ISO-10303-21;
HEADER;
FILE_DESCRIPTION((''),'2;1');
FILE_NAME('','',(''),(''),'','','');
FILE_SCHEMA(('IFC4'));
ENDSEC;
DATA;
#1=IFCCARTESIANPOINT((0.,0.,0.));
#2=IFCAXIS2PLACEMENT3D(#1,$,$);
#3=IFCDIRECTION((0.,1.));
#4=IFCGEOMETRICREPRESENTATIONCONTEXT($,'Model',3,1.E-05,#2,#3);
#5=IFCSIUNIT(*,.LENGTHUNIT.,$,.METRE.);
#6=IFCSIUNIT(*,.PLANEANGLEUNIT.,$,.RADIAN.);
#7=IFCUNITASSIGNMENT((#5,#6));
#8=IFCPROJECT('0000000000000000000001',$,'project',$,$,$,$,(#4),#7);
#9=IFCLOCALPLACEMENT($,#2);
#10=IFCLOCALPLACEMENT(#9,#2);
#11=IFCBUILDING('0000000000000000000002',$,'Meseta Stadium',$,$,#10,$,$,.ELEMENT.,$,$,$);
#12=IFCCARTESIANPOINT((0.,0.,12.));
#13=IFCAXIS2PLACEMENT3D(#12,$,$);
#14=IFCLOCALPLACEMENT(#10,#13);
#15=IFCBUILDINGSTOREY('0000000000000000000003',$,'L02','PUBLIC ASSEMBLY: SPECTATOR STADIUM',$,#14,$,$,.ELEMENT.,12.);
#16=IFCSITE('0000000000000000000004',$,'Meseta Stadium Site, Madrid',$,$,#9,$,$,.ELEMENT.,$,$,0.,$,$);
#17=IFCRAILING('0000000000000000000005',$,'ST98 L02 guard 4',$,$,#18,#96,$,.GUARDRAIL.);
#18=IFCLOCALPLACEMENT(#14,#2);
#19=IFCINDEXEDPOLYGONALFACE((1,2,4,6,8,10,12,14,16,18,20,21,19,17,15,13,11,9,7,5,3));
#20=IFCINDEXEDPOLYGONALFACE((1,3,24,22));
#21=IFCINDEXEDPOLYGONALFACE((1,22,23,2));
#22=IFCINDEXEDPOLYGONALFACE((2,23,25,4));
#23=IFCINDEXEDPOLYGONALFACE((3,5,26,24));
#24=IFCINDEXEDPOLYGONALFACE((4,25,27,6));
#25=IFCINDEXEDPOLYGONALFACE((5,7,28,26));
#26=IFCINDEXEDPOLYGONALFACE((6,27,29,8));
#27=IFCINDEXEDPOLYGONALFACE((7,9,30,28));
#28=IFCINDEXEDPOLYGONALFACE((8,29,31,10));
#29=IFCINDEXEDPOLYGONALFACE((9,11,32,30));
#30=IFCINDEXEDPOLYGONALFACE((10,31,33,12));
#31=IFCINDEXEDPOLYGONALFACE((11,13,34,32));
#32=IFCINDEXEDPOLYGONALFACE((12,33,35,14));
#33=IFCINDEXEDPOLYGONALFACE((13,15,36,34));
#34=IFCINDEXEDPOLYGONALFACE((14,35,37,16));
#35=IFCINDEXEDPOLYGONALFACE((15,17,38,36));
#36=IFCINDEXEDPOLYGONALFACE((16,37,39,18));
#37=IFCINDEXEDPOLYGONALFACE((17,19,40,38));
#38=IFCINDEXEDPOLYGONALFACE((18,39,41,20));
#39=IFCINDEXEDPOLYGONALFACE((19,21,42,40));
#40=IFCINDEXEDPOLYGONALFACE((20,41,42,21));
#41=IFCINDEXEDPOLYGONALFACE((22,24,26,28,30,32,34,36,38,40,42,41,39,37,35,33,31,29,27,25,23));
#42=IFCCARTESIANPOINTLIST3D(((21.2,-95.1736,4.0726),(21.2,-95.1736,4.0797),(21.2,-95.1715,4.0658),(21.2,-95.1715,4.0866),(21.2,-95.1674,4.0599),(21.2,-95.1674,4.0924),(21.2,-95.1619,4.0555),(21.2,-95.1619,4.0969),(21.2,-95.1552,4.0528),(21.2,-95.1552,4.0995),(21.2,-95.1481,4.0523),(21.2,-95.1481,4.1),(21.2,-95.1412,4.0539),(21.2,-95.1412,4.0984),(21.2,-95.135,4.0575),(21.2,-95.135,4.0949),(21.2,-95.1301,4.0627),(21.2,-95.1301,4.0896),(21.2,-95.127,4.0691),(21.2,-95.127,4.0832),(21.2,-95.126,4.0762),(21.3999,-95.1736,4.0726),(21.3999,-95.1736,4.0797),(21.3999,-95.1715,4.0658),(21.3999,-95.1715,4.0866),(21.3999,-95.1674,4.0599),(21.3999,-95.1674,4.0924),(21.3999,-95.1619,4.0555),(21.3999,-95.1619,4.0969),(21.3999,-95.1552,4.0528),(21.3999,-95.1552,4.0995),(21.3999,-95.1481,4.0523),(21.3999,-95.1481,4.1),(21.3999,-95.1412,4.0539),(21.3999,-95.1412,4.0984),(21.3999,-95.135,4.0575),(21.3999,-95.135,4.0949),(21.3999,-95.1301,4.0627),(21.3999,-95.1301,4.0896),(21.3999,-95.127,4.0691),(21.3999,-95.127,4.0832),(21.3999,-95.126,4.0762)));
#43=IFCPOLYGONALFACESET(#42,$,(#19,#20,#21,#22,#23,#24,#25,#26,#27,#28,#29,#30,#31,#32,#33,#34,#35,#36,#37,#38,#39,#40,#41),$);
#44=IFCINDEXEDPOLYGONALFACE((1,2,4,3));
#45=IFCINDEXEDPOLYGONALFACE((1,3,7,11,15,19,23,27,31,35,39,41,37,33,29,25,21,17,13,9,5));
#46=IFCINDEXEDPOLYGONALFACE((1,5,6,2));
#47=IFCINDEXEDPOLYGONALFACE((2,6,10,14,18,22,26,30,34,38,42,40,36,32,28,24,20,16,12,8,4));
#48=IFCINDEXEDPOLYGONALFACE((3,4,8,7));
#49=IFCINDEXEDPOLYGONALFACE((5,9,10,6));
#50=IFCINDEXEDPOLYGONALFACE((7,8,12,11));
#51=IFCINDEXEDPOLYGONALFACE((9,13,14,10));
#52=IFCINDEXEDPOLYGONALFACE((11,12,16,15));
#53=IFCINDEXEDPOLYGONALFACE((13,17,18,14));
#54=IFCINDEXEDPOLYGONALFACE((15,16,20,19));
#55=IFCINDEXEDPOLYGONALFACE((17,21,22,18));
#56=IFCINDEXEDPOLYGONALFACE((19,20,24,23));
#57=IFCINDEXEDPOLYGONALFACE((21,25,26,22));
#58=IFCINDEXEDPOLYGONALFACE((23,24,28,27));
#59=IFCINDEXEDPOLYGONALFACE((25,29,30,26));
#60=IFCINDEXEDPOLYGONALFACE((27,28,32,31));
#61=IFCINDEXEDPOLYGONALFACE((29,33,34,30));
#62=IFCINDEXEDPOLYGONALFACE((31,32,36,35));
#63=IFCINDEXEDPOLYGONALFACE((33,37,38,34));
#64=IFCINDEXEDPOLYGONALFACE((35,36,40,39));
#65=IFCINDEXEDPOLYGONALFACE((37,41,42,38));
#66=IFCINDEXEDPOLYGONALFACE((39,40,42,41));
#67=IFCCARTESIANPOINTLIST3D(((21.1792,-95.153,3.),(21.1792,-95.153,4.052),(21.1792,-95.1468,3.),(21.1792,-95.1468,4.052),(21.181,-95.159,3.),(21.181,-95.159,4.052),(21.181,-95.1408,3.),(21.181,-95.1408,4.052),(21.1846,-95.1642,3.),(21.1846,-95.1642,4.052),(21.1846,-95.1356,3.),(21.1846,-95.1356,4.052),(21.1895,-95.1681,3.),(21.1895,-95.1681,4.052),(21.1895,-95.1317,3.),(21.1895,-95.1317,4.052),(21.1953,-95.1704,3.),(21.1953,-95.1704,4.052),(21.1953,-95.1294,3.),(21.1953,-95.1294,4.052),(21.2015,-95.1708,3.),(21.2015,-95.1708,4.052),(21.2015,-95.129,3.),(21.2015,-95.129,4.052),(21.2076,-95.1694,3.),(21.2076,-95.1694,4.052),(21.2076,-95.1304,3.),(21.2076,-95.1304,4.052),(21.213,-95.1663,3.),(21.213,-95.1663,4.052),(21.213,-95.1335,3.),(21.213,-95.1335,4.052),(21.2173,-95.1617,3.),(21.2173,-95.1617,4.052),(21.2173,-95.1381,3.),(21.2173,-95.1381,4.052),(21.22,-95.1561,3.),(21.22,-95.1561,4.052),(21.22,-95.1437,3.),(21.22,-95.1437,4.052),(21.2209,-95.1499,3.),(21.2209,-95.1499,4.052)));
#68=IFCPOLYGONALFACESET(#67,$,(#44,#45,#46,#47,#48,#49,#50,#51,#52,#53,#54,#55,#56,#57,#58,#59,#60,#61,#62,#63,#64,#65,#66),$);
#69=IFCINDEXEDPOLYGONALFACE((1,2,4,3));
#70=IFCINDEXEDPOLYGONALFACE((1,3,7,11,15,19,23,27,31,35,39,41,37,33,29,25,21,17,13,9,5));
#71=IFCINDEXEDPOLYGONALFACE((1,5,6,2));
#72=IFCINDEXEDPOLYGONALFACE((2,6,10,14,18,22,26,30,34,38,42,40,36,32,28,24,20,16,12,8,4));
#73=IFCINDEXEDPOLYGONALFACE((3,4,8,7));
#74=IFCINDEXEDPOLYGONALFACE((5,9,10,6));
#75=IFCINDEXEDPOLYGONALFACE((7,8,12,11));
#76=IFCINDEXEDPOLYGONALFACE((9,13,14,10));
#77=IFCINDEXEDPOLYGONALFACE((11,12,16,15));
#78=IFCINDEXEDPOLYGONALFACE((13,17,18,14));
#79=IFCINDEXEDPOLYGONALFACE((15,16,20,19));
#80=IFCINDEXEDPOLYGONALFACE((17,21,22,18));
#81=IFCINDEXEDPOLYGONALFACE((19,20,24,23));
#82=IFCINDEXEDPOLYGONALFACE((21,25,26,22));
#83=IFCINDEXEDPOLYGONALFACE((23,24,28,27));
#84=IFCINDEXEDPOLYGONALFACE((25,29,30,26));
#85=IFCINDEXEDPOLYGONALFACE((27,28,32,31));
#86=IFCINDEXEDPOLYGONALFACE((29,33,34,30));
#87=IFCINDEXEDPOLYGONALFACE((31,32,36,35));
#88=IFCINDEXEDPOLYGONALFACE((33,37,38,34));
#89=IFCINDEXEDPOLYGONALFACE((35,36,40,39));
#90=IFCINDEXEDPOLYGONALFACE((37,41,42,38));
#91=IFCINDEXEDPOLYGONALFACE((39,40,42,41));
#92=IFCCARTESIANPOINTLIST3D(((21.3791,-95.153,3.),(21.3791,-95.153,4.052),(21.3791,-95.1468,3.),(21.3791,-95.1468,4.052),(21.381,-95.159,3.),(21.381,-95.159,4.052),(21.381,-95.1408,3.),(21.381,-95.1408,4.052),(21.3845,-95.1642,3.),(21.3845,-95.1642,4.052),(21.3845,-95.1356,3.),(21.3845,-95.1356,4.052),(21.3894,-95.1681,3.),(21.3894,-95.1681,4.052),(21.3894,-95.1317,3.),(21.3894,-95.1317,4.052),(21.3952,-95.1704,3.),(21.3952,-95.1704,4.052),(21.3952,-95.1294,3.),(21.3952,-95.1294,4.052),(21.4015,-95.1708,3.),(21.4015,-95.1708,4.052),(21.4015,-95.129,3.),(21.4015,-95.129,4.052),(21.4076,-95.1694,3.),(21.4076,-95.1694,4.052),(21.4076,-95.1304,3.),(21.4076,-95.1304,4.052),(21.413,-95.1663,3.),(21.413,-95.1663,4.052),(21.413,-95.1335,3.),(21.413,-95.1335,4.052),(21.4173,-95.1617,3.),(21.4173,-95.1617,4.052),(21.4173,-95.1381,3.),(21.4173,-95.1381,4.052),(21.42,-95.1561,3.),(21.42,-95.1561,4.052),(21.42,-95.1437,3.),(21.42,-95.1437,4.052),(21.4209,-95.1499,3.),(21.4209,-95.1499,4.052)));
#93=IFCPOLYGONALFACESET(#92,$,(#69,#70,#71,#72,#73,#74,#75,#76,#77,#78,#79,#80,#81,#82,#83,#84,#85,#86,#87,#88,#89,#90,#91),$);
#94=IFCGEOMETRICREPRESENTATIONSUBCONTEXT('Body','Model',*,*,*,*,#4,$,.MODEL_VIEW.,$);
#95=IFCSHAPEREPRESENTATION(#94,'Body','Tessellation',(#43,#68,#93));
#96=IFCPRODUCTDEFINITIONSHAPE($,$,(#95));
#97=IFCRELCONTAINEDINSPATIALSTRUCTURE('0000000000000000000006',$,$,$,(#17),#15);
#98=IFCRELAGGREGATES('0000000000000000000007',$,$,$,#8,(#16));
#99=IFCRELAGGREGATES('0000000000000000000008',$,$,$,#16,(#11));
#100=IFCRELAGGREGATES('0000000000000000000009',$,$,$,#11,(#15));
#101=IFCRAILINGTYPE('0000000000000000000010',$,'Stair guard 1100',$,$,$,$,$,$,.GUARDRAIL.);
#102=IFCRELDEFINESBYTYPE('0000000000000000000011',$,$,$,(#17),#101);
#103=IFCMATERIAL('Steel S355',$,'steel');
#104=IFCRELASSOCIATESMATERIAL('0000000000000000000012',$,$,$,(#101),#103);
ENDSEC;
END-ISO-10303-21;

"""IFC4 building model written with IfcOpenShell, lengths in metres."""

from ifc_helpers import new_model, si_unit, direction, frame, origin, origin_2d, place, context, subcontext, project, spatial, circle, extrude, material, type_object, element, save


model = new_model("IFC4")

# Units and contexts
model_context = context("Model", 3, precision=1e-05, world=origin(), true_north=direction((0.0, 1.0)))
body_context = subcontext(model_context, "Body", "Model", "MODEL_VIEW")
ifc_project = project(units=[si_unit("LENGTHUNIT", "METRE"), si_unit("PLANEANGLEUNIT", "RADIAN")], contexts=[model_context])

# Site, building, storey
site_placement = place(None, origin())
site = spatial("IfcSite", under=ifc_project, at=site_placement, Name="Meseta Stadium Site, Madrid", CompositionType="ELEMENT", RefElevation=0.0)
building_placement = place(site_placement, origin())
building = spatial("IfcBuilding", under=site, at=building_placement, Name="Meseta Stadium", CompositionType="ELEMENT")
storey_placement = place(building_placement, frame((0.0, 0.0, 12.0)))
storey = spatial("IfcBuildingStorey", under=building, at=storey_placement, Name="L02", Description="PUBLIC ASSEMBLY: SPECTATOR STADIUM", CompositionType="ELEMENT", Elevation=12.0)

# Railing
ifc_material_1 = material(Name="Steel S355", Category="steel")
railing_type_1 = type_object("IfcRailingType", Name="Stair guard 1100", PredefinedType="GUARDRAIL", material=ifc_material_1)
railing_1_placement = place(storey_placement, frame((21.2, -95.1499, 3.0)))
element("IfcRailing", 1, at=railing_1_placement, inside=storey, type_object=railing_type_1, Name="ST98 L02 guard 4", PredefinedType="GUARDRAIL", context=body_context, shape_type="SweptSolid", body=[
    extrude(circle(Radius=0.0239, at=origin_2d()), frame((0.0, 0.0, 1.0762), z_axis=(1.0, 0.0, 0.0), x_axis=(0.0, 1.0, 0.0)), (0.0, 0.0, 1.0), 0.2),
    extrude(circle(Radius=0.021, at=origin_2d()), origin(), (0.0, 0.0, 1.0), 1.052),
    extrude(circle(Radius=0.021, at=origin_2d()), frame((0.2, 0.0, 0.0)), (0.0, 0.0, 1.0), 1.052),
])

save(model, "model.ifc")
